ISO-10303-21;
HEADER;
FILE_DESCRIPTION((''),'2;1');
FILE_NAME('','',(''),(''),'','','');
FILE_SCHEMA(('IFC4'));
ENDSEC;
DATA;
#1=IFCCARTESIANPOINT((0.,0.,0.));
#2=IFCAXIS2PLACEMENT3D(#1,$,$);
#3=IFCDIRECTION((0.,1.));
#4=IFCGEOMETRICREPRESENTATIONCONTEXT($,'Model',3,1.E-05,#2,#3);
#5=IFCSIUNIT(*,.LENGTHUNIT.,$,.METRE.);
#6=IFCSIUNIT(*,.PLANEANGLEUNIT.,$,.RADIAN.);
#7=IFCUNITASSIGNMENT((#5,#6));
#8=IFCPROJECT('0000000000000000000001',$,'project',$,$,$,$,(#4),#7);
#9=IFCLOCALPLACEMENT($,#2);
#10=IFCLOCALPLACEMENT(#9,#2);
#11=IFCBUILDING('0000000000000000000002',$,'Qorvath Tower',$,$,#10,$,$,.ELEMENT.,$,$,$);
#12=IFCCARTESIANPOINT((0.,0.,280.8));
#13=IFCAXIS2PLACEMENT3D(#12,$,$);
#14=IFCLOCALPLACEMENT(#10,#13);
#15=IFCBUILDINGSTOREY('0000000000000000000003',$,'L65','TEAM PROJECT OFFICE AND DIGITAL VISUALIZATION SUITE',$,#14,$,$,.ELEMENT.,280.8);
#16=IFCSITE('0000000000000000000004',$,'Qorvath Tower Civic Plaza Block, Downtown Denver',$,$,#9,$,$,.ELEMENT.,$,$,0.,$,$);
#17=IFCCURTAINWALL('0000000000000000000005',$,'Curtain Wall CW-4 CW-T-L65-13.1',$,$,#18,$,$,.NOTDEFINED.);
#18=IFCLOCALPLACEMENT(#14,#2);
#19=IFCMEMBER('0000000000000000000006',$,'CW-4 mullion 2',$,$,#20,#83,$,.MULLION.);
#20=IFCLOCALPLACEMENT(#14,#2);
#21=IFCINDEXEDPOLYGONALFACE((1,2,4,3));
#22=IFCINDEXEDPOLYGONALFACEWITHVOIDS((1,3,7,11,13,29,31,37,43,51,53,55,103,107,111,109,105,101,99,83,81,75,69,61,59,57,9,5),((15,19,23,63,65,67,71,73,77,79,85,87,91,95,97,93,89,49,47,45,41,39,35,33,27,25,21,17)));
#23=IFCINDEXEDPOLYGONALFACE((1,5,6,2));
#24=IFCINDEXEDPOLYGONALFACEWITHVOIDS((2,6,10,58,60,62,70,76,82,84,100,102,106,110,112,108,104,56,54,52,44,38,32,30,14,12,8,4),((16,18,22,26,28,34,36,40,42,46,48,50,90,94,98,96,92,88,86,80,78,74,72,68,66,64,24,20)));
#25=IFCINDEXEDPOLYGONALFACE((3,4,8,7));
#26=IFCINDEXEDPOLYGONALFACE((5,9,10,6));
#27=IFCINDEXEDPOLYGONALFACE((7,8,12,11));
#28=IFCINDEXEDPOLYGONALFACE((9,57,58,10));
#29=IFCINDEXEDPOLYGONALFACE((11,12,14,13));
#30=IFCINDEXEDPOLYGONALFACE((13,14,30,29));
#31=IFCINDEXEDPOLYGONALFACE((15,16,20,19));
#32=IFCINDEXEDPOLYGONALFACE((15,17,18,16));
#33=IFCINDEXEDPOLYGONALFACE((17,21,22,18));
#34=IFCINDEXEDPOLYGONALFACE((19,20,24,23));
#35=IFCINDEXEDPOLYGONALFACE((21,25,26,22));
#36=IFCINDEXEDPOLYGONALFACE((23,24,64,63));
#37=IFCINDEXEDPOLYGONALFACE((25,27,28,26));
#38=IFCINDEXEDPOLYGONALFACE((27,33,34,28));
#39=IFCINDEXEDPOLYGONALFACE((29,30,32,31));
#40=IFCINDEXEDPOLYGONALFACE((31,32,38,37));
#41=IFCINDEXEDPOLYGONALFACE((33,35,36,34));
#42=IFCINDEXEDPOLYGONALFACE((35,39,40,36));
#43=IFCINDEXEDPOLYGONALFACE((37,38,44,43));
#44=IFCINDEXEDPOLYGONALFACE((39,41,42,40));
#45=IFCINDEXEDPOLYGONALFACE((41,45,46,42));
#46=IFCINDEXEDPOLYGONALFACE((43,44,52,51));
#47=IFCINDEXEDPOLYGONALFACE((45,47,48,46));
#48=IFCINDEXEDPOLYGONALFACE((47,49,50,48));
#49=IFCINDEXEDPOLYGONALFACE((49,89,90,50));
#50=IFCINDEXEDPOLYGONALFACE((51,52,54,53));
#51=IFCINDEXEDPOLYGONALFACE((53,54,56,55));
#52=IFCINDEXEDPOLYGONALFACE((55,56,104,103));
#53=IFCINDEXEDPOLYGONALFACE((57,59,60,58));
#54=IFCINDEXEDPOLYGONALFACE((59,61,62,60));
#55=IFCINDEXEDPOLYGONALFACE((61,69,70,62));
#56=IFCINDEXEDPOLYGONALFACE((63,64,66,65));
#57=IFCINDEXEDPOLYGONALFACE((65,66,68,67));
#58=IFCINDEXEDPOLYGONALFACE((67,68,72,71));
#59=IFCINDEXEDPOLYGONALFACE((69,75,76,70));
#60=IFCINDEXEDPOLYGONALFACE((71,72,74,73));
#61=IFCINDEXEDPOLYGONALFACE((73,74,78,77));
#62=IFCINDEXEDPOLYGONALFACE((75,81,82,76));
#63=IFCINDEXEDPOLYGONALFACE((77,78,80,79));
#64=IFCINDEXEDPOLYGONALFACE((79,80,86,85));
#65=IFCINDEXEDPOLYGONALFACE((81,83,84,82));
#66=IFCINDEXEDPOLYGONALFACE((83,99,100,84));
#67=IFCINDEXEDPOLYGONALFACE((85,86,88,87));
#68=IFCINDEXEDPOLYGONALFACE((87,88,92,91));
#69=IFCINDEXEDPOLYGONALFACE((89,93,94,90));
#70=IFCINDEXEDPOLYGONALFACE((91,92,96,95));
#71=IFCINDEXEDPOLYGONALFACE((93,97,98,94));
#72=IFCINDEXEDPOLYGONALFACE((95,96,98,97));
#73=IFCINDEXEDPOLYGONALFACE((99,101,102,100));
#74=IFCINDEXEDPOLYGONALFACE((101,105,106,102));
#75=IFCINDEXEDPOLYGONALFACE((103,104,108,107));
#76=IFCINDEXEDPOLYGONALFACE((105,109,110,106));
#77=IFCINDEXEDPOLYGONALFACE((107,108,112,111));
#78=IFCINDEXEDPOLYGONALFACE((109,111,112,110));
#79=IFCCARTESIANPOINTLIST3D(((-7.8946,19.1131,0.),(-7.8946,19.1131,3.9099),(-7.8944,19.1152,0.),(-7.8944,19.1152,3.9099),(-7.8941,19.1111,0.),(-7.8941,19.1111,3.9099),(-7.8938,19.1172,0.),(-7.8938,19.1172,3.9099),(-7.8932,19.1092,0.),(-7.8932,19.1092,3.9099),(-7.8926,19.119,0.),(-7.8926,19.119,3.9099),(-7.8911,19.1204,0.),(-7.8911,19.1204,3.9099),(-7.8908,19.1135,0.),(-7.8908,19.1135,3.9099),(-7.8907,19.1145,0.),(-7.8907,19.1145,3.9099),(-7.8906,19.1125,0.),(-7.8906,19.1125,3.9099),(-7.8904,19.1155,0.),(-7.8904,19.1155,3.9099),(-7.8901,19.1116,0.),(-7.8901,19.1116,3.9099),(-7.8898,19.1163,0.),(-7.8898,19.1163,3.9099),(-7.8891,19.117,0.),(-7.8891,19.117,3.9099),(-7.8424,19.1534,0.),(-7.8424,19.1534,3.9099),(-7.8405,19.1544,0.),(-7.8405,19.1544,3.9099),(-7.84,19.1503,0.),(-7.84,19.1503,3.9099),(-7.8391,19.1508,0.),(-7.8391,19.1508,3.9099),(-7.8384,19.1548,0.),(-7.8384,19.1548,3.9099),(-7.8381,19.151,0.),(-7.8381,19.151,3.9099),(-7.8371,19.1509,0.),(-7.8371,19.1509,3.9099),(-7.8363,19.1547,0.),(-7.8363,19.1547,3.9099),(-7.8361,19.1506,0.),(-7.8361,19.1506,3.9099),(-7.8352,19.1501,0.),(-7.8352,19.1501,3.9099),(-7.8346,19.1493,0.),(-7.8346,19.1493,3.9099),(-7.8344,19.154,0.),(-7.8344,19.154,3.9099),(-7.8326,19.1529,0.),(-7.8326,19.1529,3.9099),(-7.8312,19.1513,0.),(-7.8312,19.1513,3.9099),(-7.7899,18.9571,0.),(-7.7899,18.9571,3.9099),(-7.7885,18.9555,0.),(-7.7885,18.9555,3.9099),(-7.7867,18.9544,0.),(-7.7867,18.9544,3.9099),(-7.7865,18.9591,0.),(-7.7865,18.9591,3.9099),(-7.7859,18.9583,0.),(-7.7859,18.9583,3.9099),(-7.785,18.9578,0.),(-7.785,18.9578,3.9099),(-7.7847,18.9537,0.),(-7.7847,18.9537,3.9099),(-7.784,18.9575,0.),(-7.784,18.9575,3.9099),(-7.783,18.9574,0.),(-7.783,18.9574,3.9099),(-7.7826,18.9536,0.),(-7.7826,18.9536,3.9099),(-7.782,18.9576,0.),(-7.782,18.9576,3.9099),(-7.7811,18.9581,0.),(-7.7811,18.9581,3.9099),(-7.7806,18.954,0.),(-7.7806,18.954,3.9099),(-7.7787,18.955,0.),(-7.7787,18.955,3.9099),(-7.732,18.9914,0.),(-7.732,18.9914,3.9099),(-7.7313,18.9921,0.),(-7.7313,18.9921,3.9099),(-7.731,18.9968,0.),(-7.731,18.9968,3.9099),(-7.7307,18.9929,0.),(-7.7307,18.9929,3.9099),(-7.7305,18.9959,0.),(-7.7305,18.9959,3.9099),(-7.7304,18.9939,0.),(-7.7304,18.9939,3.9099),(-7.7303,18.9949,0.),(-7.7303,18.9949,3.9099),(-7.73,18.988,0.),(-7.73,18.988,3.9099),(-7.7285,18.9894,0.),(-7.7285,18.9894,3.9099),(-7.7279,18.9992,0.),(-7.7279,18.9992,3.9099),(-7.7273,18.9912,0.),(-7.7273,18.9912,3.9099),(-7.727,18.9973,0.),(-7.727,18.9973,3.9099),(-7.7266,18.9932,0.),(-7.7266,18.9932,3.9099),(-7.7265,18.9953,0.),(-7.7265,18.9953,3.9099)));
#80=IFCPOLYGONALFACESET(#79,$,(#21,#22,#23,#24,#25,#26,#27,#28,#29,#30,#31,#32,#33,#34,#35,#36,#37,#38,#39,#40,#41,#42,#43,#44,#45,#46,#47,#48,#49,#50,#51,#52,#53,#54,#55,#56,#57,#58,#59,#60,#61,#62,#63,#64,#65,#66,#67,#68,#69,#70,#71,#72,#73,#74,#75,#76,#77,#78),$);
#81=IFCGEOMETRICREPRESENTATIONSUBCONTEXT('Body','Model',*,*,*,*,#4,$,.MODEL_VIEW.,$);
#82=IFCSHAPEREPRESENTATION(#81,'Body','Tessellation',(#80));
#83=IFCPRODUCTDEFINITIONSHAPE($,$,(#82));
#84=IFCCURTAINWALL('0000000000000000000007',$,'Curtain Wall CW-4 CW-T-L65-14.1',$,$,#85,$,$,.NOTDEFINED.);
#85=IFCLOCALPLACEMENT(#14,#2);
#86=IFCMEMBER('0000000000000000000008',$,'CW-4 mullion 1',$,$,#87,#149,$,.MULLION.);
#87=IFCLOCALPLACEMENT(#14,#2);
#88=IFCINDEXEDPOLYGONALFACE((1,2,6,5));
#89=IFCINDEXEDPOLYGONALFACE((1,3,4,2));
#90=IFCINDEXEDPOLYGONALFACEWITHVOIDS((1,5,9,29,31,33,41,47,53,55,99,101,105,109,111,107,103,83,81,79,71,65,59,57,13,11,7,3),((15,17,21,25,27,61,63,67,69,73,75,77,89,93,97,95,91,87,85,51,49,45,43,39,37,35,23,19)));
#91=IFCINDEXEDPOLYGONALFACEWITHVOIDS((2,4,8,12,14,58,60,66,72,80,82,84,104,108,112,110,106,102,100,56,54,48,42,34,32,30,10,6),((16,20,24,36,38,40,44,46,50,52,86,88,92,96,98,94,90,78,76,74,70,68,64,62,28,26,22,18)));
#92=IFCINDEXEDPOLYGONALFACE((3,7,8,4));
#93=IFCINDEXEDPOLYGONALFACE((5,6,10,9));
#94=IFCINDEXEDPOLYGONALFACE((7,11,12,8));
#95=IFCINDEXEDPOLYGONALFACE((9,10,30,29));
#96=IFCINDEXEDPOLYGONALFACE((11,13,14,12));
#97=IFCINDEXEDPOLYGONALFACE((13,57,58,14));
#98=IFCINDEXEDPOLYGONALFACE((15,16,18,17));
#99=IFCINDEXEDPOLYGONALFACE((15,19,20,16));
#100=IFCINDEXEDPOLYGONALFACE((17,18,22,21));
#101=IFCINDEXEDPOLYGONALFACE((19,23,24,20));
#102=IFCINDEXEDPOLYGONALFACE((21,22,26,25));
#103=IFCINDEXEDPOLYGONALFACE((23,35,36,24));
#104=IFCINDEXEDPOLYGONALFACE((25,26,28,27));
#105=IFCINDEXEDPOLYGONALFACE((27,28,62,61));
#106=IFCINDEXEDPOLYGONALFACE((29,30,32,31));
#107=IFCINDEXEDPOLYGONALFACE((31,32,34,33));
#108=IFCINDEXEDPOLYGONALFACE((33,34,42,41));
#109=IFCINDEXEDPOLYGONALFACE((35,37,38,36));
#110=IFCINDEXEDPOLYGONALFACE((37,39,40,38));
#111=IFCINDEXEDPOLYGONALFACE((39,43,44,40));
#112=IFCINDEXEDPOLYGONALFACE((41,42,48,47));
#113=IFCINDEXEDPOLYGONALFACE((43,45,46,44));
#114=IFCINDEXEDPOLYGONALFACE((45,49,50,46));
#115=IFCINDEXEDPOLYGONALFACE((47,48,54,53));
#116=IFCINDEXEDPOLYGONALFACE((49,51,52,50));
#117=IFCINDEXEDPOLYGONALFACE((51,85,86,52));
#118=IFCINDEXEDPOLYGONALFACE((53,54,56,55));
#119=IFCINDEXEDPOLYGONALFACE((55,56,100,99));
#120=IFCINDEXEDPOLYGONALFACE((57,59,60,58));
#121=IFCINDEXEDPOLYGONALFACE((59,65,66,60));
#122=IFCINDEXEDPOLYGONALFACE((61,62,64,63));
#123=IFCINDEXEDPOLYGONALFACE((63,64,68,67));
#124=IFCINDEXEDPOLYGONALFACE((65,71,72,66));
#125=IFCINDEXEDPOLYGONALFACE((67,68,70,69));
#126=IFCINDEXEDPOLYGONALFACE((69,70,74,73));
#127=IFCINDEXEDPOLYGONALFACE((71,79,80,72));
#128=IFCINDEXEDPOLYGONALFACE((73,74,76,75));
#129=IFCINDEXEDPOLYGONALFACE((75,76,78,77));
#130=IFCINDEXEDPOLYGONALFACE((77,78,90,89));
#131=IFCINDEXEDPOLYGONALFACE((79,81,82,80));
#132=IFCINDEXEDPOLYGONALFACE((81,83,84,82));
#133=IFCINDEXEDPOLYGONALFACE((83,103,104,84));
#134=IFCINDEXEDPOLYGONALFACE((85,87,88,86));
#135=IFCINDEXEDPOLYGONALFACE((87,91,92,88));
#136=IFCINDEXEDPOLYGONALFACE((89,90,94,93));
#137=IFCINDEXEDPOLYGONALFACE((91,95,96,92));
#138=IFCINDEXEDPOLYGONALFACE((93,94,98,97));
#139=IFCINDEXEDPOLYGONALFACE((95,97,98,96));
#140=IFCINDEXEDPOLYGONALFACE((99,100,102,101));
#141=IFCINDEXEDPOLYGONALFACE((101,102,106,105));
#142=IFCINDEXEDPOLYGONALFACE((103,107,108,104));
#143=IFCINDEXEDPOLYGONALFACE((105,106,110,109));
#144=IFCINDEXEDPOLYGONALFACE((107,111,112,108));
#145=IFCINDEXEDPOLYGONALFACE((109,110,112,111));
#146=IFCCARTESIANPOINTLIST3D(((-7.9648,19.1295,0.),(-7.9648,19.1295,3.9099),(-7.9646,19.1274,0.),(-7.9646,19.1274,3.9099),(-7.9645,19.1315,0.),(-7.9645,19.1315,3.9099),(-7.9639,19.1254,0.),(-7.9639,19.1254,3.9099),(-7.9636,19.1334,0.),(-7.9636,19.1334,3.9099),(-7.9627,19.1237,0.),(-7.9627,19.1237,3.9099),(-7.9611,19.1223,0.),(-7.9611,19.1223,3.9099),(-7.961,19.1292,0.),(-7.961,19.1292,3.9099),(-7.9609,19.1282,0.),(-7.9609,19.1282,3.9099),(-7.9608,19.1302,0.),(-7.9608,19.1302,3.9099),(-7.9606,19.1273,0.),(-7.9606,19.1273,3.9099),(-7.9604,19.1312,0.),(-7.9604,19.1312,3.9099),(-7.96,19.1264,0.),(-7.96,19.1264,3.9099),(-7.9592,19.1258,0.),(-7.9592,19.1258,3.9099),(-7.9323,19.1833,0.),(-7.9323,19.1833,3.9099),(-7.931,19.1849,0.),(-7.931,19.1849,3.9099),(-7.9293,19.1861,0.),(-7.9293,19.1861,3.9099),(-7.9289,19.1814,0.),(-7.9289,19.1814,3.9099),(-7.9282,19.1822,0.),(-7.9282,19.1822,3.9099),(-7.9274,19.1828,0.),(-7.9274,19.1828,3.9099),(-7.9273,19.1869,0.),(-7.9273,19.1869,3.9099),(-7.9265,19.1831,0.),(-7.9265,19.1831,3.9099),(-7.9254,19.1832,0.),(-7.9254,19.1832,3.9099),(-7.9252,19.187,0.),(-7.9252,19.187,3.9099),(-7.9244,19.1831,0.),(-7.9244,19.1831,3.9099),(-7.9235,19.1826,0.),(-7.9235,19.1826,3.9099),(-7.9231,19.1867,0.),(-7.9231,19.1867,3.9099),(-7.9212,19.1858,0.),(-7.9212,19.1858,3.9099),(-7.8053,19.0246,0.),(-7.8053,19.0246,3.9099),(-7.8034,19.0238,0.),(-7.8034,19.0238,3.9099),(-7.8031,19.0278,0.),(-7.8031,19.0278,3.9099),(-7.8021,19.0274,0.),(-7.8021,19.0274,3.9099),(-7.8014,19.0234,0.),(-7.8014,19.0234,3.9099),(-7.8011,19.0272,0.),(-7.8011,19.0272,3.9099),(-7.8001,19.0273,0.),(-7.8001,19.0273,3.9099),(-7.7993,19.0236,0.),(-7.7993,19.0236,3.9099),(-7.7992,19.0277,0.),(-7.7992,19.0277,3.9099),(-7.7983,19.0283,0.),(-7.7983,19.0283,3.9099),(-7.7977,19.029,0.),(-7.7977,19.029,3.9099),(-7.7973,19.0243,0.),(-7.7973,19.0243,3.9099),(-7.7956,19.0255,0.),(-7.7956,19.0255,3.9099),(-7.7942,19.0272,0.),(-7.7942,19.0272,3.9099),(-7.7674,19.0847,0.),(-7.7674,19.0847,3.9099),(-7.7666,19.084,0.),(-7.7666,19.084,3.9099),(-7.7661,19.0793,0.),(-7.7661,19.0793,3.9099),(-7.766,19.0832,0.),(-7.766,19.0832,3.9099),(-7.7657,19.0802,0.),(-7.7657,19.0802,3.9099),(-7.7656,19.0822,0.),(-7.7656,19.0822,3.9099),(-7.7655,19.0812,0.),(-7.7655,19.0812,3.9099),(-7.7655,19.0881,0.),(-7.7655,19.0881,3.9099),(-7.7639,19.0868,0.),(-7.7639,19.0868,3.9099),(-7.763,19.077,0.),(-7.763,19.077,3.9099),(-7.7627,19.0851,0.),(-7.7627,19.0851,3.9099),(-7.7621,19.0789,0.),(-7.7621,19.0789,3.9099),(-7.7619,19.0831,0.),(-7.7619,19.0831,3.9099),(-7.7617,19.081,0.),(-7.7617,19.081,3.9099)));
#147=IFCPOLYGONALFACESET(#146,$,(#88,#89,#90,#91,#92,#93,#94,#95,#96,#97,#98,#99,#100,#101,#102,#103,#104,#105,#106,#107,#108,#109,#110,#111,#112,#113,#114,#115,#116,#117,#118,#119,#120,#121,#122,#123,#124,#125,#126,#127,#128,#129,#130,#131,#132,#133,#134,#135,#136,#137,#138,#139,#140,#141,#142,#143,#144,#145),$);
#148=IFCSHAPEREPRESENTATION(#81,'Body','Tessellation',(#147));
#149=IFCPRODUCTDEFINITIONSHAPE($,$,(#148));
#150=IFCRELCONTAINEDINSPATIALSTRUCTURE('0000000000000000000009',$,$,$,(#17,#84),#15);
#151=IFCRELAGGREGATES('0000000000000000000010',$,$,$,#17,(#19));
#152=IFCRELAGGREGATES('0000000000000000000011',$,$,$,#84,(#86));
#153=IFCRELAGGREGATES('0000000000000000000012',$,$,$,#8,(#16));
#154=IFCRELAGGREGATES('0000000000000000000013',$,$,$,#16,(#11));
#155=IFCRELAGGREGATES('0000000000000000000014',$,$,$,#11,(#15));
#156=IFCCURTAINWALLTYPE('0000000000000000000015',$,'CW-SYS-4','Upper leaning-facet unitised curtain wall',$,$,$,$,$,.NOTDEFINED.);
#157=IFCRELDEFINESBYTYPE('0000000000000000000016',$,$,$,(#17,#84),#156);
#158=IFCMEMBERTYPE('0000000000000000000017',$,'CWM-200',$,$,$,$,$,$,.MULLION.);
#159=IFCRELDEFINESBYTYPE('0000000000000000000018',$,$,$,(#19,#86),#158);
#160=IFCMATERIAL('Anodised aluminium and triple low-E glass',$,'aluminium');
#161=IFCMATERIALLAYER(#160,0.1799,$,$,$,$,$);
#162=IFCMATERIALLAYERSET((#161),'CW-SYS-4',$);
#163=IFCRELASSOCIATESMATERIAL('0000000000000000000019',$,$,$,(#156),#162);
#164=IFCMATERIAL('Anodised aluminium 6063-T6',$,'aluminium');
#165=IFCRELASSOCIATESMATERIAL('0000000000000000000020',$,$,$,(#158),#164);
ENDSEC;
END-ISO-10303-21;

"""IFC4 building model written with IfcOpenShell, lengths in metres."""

from ifc_helpers import new_model, si_unit, direction, frame, origin, origin_2d, place, context, subcontext, project, spatial, hollow_rectangle, extrude, material, layer, layer_set, material_profile, profile_set, type_object, element, aggregate, save


model = new_model("IFC4")

# Units and contexts
model_context = context("Model", 3, precision=1e-05, world=origin(), true_north=direction((0.0, 1.0)))
body_context = subcontext(model_context, "Body", "Model", "MODEL_VIEW")
ifc_project = project(units=[si_unit("LENGTHUNIT", "METRE"), si_unit("PLANEANGLEUNIT", "RADIAN")], contexts=[model_context])

# Site, building, storey
site_placement = place(None, origin())
site = spatial("IfcSite", under=ifc_project, at=site_placement, Name="Qorvath Tower Civic Plaza Block, Downtown Denver", CompositionType="ELEMENT", RefElevation=0.0)
building_placement = place(site_placement, origin())
building = spatial("IfcBuilding", under=site, at=building_placement, Name="Qorvath Tower", CompositionType="ELEMENT")
storey_placement = place(building_placement, frame((0.0, 0.0, 280.8)))
storey = spatial("IfcBuildingStorey", under=building, at=storey_placement, Name="L65", Description="TEAM PROJECT OFFICE AND DIGITAL VISUALIZATION SUITE", CompositionType="ELEMENT", Elevation=280.8)

# Shared definitions
ifc_material_1 = material(Name="Anodised aluminium and triple low-E glass", Category="aluminium")
ifc_layer_1 = layer(ifc_material_1, 0.1799)
ifc_layer_set_1 = layer_set([ifc_layer_1], Name="CW-SYS-4")
curtain_wall_type = type_object("IfcCurtainWallType", Name="CW-SYS-4", Description="Upper leaning-facet unitised curtain wall", PredefinedType="NOTDEFINED", material=ifc_layer_set_1)
ifc_material_2 = material(Name="Anodised aluminium 6063-T6", Category="aluminium")
ifc_material_profile_1 = material_profile(ifc_material_2, hollow_rectangle(XDim=0.075, YDim=0.2, WallThickness=0.0039, InnerFilletRadius=0.0039, OuterFilletRadius=0.0081, at=origin_2d()), Name="CWM 200x75")
ifc_profile_set_1 = profile_set([ifc_material_profile_1], Name="Anodised aluminium 6063-T6")
member_type_1 = type_object("IfcMemberType", Name="CWM-200", PredefinedType="MULLION", material=ifc_profile_set_1)

# Curtain walls, members
curtain_wall_1_placement = place(storey_placement, origin())
curtain_wall_1 = element("IfcCurtainWall", 1, at=curtain_wall_1_placement, inside=storey, type_object=curtain_wall_type, Name="Curtain Wall CW-4 CW-T-L65-13.1", PredefinedType="NOTDEFINED")
member_1_placement = place(storey_placement, frame((-7.8105, 19.0542, 0.0), z_axis=(0.0, 0.0, 1.0), x_axis=(-0.827205, -0.5619, 0.0)))
member_1 = element("IfcMember", 2, at=member_1_placement, type_object=member_type_1, Name="CW-4 mullion 2", PredefinedType="MULLION", context=body_context, shape_type="SweptSolid", body=[
    extrude(hollow_rectangle(XDim=0.075, YDim=0.2, WallThickness=0.0039, InnerFilletRadius=0.0039, OuterFilletRadius=0.0081, at=origin_2d()), origin(), (0.0, 0.0, 1.0), 3.9099),
])
curtain_wall_2_placement = place(storey_placement, origin())
curtain_wall_2 = element("IfcCurtainWall", 3, at=curtain_wall_2_placement, inside=storey, type_object=curtain_wall_type, Name="Curtain Wall CW-4 CW-T-L65-14.1", PredefinedType="NOTDEFINED")
member_2_placement = place(storey_placement, frame((-7.8633, 19.1052, 0.0), z_axis=(0.0, 0.0, 1.0), x_axis=(-0.531481, -0.84707, 0.0)))
member_2 = element("IfcMember", 4, at=member_2_placement, type_object=member_type_1, Name="CW-4 mullion 1", PredefinedType="MULLION", context=body_context, shape_type="SweptSolid", body=[
    extrude(hollow_rectangle(XDim=0.075, YDim=0.2, WallThickness=0.0039, InnerFilletRadius=0.0039, OuterFilletRadius=0.0081, at=origin_2d()), origin(), (0.0, 0.0, 1.0), 3.9099),
])

aggregate(curtain_wall_1, [member_1])
aggregate(curtain_wall_2, [member_2])

save(model, "model.ifc")
